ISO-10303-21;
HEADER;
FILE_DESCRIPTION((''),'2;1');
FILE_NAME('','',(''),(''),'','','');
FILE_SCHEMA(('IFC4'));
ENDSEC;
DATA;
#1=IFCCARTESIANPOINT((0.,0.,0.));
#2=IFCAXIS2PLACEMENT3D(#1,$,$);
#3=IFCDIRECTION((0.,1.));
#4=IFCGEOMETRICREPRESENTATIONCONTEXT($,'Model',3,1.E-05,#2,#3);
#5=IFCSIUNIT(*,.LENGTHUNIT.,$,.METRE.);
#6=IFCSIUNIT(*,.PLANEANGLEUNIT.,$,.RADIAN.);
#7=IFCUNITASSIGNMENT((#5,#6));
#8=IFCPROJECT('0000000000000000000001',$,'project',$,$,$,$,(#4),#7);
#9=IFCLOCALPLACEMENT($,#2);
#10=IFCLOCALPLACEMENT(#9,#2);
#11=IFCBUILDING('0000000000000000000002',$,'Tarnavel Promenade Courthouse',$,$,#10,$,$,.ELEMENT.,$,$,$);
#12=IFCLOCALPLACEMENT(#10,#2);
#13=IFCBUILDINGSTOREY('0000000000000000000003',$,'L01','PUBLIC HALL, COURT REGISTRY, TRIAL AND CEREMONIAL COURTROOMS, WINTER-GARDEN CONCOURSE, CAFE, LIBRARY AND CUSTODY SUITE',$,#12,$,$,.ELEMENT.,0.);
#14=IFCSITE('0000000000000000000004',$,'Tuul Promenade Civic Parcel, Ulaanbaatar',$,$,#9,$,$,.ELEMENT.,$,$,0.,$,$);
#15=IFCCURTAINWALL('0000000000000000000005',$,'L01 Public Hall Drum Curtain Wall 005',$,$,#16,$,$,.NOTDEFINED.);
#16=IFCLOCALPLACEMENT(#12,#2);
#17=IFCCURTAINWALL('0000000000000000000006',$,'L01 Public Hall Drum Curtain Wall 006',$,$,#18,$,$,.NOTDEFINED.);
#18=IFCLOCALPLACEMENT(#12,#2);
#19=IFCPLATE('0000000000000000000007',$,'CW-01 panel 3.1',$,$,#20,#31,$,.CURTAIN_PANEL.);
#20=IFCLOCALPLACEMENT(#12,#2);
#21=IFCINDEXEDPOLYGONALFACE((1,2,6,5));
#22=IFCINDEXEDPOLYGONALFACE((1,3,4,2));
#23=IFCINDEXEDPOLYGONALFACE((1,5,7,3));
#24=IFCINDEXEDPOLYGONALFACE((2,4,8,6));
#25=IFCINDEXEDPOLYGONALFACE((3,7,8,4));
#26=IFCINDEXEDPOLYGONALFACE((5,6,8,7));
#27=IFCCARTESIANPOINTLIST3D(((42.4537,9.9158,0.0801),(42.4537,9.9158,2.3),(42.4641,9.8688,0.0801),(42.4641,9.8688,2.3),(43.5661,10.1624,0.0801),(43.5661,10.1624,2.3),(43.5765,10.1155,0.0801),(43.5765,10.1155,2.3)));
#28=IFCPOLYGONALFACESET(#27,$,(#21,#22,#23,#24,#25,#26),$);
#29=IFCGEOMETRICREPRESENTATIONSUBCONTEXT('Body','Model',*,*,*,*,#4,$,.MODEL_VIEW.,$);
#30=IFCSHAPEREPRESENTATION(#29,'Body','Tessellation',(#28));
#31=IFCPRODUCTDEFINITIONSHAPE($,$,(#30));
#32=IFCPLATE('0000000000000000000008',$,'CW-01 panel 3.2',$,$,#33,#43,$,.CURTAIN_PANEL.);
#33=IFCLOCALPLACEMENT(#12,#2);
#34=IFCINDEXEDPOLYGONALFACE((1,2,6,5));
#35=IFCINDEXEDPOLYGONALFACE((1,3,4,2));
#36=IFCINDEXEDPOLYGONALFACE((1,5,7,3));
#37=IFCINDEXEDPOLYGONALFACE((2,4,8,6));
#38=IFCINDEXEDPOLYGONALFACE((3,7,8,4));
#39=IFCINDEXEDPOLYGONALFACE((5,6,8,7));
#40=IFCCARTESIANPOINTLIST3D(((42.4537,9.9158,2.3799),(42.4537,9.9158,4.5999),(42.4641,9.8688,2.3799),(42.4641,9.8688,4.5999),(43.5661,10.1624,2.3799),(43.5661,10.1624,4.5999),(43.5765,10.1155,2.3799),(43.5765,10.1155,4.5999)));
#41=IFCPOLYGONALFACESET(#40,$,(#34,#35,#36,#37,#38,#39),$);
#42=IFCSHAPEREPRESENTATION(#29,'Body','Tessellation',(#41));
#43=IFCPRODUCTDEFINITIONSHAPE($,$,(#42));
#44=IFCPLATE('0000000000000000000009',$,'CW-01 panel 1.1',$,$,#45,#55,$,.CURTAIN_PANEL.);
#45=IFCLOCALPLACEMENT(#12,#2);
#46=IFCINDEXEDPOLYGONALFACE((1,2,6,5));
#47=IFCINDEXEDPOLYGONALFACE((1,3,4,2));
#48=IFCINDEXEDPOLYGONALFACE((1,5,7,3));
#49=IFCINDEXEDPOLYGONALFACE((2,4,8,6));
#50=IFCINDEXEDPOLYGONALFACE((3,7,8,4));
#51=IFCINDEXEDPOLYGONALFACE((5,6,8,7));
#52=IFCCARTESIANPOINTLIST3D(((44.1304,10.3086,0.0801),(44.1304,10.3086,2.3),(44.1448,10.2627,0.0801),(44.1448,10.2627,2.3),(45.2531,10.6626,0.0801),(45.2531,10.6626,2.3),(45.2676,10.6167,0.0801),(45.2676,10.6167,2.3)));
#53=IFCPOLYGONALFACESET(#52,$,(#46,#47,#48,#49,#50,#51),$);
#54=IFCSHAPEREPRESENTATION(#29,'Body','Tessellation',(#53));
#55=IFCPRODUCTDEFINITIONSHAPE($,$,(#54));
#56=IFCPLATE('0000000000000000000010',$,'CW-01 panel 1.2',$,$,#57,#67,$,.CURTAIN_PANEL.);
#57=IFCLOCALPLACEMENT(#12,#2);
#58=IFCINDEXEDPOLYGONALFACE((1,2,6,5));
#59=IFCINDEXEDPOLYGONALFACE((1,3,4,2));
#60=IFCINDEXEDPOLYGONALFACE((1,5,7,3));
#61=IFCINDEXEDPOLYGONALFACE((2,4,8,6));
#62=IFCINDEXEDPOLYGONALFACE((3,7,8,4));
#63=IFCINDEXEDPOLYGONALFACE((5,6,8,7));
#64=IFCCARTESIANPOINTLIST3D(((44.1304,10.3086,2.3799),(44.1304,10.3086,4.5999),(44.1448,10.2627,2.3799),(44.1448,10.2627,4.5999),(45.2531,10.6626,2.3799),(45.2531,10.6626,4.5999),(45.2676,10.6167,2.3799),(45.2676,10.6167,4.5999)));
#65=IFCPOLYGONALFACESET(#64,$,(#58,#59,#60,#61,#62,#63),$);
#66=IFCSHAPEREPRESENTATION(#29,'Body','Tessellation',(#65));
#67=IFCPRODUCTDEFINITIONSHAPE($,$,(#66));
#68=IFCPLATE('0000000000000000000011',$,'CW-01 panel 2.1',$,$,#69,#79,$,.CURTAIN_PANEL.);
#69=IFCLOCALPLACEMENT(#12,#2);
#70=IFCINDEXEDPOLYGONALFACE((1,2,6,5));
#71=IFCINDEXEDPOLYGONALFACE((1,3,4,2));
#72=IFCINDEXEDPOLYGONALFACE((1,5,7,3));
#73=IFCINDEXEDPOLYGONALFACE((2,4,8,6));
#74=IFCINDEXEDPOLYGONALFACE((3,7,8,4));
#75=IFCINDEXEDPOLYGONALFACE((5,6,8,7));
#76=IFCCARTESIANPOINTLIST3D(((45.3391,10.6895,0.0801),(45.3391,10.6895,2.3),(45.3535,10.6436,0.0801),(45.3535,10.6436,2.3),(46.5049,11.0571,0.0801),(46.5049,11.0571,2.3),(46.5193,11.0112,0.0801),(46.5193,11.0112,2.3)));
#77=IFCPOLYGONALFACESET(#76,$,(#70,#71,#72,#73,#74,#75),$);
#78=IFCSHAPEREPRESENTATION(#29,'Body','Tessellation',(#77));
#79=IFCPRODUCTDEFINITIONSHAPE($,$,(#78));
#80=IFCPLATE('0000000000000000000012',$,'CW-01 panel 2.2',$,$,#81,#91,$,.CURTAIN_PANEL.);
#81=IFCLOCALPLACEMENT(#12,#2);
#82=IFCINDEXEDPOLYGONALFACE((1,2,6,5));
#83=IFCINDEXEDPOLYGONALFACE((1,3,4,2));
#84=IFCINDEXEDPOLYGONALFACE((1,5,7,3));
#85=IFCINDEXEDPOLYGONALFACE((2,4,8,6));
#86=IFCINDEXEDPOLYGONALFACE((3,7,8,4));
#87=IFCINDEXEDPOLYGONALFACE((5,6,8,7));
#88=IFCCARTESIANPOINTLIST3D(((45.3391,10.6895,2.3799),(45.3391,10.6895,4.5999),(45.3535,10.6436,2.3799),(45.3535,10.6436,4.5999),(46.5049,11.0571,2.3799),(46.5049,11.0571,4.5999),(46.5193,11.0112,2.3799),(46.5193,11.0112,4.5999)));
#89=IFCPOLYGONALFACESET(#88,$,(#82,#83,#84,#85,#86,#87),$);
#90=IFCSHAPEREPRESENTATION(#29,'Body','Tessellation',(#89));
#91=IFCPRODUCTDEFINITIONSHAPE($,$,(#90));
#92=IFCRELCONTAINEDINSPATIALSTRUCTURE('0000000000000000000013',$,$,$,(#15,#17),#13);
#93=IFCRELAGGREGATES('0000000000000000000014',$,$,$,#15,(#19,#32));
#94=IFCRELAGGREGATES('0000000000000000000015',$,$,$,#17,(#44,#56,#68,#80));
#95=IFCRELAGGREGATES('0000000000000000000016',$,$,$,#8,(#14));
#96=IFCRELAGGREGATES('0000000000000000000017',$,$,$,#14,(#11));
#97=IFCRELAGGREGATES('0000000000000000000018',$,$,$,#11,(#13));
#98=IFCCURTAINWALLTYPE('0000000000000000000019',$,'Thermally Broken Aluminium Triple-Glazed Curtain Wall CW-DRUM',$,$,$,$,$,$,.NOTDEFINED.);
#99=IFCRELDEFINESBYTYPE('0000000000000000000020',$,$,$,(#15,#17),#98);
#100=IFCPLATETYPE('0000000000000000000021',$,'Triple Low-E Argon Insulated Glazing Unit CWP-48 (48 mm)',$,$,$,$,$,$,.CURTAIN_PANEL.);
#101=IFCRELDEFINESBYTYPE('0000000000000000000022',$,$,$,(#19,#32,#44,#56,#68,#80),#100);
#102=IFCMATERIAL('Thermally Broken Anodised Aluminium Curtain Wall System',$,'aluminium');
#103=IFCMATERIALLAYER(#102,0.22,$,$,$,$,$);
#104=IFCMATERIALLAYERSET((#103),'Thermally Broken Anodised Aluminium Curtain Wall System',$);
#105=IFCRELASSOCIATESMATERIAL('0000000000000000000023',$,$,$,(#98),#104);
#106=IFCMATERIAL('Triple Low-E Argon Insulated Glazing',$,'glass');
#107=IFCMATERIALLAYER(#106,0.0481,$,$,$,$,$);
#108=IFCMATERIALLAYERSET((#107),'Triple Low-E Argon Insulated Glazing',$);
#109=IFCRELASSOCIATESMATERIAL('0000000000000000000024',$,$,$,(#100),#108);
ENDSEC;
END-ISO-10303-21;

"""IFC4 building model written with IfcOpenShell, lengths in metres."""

from ifc_helpers import new_model, si_unit, direction, frame, origin, origin_2d, place, context, subcontext, project, spatial, rectangle, extrude, material, layer, layer_set, type_object, element, aggregate, save


model = new_model("IFC4")

# Units and contexts
model_context = context("Model", 3, precision=1e-05, world=origin(), true_north=direction((0.0, 1.0)))
body_context = subcontext(model_context, "Body", "Model", "MODEL_VIEW")
ifc_project = project(units=[si_unit("LENGTHUNIT", "METRE"), si_unit("PLANEANGLEUNIT", "RADIAN")], contexts=[model_context])

# Site, building, storey
site_placement = place(None, origin())
site = spatial("IfcSite", under=ifc_project, at=site_placement, Name="Tuul Promenade Civic Parcel, Ulaanbaatar", CompositionType="ELEMENT", RefElevation=0.0)
building_placement = place(site_placement, origin())
building = spatial("IfcBuilding", under=site, at=building_placement, Name="Tarnavel Promenade Courthouse", CompositionType="ELEMENT")
storey_placement = place(building_placement, origin())
storey = spatial("IfcBuildingStorey", under=building, at=storey_placement, Name="L01", Description="PUBLIC HALL, COURT REGISTRY, TRIAL AND CEREMONIAL COURTROOMS, WINTER-GARDEN CONCOURSE, CAFE, LIBRARY AND CUSTODY SUITE", CompositionType="ELEMENT", Elevation=0.0)

# Curtain walls
ifc_material_1 = material(Name="Thermally Broken Anodised Aluminium Curtain Wall System", Category="aluminium")
ifc_layer_1 = layer(ifc_material_1, 0.22)
ifc_layer_set_1 = layer_set([ifc_layer_1], Name="Thermally Broken Anodised Aluminium Curtain Wall System")
curtain_wall_type = type_object("IfcCurtainWallType", Name="Thermally Broken Aluminium Triple-Glazed Curtain Wall CW-DRUM", PredefinedType="NOTDEFINED", material=ifc_layer_set_1)
curtain_wall_1_placement = place(storey_placement, origin())
curtain_wall_1 = element("IfcCurtainWall", 1, at=curtain_wall_1_placement, inside=storey, type_object=curtain_wall_type, Name="L01 Public Hall Drum Curtain Wall 005", PredefinedType="NOTDEFINED")
curtain_wall_2_placement = place(storey_placement, origin())
curtain_wall_2 = element("IfcCurtainWall", 2, at=curtain_wall_2_placement, inside=storey, type_object=curtain_wall_type, Name="L01 Public Hall Drum Curtain Wall 006", PredefinedType="NOTDEFINED")

# Plates
ifc_material_2 = material(Name="Triple Low-E Argon Insulated Glazing", Category="glass")
ifc_layer_2 = layer(ifc_material_2, 0.0481)
ifc_layer_set_2 = layer_set([ifc_layer_2], Name="Triple Low-E Argon Insulated Glazing")
plate_type = type_object("IfcPlateType", Name="Triple Low-E Argon Insulated Glazing Unit CWP-48 (48 mm)", PredefinedType="CURTAIN_PANEL", material=ifc_layer_set_2)
plate_1_placement = place(storey_placement, frame((43.0151, 10.0156, 0.0801), z_axis=(0.0, 0.0, 1.0), x_axis=(0.976296, 0.216441, 0.0)))
plate_1 = element("IfcPlate", 3, at=plate_1_placement, type_object=plate_type, Name="CW-01 panel 3.1", PredefinedType="CURTAIN_PANEL", context=body_context, shape_type="SweptSolid", body=[
    extrude(rectangle(XDim=1.1394, YDim=0.0481, at=origin_2d()), origin(), (0.0, 0.0, 1.0), 2.22),
])
plate_2_placement = place(storey_placement, frame((43.0151, 10.0156, 2.3799), z_axis=(0.0, 0.0, 1.0), x_axis=(0.976296, 0.216441, 0.0)))
plate_2 = element("IfcPlate", 4, at=plate_2_placement, type_object=plate_type, Name="CW-01 panel 3.2", PredefinedType="CURTAIN_PANEL", context=body_context, shape_type="SweptSolid", body=[
    extrude(rectangle(XDim=1.1394, YDim=0.0481, at=origin_2d()), origin(), (0.0, 0.0, 1.0), 2.22),
])
aggregate(curtain_wall_1, [plate_1, plate_2])
plate_3_placement = place(storey_placement, frame((44.699, 10.4626, 0.0801), z_axis=(0.0, 0.0, 1.0), x_axis=(0.953718, 0.300704, 0.0)))
plate_3 = element("IfcPlate", 5, at=plate_3_placement, type_object=plate_type, Name="CW-01 panel 1.1", PredefinedType="CURTAIN_PANEL", context=body_context, shape_type="SweptSolid", body=[
    extrude(rectangle(XDim=1.1772, YDim=0.0481, at=origin_2d()), origin(), (0.0, 0.0, 1.0), 2.22),
])
plate_4_placement = place(storey_placement, frame((44.699, 10.4626, 2.3799), z_axis=(0.0, 0.0, 1.0), x_axis=(0.953718, 0.300704, 0.0)))
plate_4 = element("IfcPlate", 6, at=plate_4_placement, type_object=plate_type, Name="CW-01 panel 1.2", PredefinedType="CURTAIN_PANEL", context=body_context, shape_type="SweptSolid", body=[
    extrude(rectangle(XDim=1.1772, YDim=0.0481, at=origin_2d()), origin(), (0.0, 0.0, 1.0), 2.22),
])
plate_5_placement = place(storey_placement, frame((45.9292, 10.8503, 0.0801), z_axis=(0.0, 0.0, 1.0), x_axis=(0.953718, 0.300704, 0.0)))
plate_5 = element("IfcPlate", 7, at=plate_5_placement, type_object=plate_type, Name="CW-01 panel 2.1", PredefinedType="CURTAIN_PANEL", context=body_context, shape_type="SweptSolid", body=[
    extrude(rectangle(XDim=1.2224, YDim=0.0481, at=origin_2d()), origin(), (0.0, 0.0, 1.0), 2.22),
])
plate_6_placement = place(storey_placement, frame((45.9292, 10.8503, 2.3799), z_axis=(0.0, 0.0, 1.0), x_axis=(0.953718, 0.300704, 0.0)))
plate_6 = element("IfcPlate", 8, at=plate_6_placement, type_object=plate_type, Name="CW-01 panel 2.2", PredefinedType="CURTAIN_PANEL", context=body_context, shape_type="SweptSolid", body=[
    extrude(rectangle(XDim=1.2224, YDim=0.0481, at=origin_2d()), origin(), (0.0, 0.0, 1.0), 2.22),
])
aggregate(curtain_wall_2, [plate_3, plate_4, plate_5, plate_6])

save(model, "model.ifc")
